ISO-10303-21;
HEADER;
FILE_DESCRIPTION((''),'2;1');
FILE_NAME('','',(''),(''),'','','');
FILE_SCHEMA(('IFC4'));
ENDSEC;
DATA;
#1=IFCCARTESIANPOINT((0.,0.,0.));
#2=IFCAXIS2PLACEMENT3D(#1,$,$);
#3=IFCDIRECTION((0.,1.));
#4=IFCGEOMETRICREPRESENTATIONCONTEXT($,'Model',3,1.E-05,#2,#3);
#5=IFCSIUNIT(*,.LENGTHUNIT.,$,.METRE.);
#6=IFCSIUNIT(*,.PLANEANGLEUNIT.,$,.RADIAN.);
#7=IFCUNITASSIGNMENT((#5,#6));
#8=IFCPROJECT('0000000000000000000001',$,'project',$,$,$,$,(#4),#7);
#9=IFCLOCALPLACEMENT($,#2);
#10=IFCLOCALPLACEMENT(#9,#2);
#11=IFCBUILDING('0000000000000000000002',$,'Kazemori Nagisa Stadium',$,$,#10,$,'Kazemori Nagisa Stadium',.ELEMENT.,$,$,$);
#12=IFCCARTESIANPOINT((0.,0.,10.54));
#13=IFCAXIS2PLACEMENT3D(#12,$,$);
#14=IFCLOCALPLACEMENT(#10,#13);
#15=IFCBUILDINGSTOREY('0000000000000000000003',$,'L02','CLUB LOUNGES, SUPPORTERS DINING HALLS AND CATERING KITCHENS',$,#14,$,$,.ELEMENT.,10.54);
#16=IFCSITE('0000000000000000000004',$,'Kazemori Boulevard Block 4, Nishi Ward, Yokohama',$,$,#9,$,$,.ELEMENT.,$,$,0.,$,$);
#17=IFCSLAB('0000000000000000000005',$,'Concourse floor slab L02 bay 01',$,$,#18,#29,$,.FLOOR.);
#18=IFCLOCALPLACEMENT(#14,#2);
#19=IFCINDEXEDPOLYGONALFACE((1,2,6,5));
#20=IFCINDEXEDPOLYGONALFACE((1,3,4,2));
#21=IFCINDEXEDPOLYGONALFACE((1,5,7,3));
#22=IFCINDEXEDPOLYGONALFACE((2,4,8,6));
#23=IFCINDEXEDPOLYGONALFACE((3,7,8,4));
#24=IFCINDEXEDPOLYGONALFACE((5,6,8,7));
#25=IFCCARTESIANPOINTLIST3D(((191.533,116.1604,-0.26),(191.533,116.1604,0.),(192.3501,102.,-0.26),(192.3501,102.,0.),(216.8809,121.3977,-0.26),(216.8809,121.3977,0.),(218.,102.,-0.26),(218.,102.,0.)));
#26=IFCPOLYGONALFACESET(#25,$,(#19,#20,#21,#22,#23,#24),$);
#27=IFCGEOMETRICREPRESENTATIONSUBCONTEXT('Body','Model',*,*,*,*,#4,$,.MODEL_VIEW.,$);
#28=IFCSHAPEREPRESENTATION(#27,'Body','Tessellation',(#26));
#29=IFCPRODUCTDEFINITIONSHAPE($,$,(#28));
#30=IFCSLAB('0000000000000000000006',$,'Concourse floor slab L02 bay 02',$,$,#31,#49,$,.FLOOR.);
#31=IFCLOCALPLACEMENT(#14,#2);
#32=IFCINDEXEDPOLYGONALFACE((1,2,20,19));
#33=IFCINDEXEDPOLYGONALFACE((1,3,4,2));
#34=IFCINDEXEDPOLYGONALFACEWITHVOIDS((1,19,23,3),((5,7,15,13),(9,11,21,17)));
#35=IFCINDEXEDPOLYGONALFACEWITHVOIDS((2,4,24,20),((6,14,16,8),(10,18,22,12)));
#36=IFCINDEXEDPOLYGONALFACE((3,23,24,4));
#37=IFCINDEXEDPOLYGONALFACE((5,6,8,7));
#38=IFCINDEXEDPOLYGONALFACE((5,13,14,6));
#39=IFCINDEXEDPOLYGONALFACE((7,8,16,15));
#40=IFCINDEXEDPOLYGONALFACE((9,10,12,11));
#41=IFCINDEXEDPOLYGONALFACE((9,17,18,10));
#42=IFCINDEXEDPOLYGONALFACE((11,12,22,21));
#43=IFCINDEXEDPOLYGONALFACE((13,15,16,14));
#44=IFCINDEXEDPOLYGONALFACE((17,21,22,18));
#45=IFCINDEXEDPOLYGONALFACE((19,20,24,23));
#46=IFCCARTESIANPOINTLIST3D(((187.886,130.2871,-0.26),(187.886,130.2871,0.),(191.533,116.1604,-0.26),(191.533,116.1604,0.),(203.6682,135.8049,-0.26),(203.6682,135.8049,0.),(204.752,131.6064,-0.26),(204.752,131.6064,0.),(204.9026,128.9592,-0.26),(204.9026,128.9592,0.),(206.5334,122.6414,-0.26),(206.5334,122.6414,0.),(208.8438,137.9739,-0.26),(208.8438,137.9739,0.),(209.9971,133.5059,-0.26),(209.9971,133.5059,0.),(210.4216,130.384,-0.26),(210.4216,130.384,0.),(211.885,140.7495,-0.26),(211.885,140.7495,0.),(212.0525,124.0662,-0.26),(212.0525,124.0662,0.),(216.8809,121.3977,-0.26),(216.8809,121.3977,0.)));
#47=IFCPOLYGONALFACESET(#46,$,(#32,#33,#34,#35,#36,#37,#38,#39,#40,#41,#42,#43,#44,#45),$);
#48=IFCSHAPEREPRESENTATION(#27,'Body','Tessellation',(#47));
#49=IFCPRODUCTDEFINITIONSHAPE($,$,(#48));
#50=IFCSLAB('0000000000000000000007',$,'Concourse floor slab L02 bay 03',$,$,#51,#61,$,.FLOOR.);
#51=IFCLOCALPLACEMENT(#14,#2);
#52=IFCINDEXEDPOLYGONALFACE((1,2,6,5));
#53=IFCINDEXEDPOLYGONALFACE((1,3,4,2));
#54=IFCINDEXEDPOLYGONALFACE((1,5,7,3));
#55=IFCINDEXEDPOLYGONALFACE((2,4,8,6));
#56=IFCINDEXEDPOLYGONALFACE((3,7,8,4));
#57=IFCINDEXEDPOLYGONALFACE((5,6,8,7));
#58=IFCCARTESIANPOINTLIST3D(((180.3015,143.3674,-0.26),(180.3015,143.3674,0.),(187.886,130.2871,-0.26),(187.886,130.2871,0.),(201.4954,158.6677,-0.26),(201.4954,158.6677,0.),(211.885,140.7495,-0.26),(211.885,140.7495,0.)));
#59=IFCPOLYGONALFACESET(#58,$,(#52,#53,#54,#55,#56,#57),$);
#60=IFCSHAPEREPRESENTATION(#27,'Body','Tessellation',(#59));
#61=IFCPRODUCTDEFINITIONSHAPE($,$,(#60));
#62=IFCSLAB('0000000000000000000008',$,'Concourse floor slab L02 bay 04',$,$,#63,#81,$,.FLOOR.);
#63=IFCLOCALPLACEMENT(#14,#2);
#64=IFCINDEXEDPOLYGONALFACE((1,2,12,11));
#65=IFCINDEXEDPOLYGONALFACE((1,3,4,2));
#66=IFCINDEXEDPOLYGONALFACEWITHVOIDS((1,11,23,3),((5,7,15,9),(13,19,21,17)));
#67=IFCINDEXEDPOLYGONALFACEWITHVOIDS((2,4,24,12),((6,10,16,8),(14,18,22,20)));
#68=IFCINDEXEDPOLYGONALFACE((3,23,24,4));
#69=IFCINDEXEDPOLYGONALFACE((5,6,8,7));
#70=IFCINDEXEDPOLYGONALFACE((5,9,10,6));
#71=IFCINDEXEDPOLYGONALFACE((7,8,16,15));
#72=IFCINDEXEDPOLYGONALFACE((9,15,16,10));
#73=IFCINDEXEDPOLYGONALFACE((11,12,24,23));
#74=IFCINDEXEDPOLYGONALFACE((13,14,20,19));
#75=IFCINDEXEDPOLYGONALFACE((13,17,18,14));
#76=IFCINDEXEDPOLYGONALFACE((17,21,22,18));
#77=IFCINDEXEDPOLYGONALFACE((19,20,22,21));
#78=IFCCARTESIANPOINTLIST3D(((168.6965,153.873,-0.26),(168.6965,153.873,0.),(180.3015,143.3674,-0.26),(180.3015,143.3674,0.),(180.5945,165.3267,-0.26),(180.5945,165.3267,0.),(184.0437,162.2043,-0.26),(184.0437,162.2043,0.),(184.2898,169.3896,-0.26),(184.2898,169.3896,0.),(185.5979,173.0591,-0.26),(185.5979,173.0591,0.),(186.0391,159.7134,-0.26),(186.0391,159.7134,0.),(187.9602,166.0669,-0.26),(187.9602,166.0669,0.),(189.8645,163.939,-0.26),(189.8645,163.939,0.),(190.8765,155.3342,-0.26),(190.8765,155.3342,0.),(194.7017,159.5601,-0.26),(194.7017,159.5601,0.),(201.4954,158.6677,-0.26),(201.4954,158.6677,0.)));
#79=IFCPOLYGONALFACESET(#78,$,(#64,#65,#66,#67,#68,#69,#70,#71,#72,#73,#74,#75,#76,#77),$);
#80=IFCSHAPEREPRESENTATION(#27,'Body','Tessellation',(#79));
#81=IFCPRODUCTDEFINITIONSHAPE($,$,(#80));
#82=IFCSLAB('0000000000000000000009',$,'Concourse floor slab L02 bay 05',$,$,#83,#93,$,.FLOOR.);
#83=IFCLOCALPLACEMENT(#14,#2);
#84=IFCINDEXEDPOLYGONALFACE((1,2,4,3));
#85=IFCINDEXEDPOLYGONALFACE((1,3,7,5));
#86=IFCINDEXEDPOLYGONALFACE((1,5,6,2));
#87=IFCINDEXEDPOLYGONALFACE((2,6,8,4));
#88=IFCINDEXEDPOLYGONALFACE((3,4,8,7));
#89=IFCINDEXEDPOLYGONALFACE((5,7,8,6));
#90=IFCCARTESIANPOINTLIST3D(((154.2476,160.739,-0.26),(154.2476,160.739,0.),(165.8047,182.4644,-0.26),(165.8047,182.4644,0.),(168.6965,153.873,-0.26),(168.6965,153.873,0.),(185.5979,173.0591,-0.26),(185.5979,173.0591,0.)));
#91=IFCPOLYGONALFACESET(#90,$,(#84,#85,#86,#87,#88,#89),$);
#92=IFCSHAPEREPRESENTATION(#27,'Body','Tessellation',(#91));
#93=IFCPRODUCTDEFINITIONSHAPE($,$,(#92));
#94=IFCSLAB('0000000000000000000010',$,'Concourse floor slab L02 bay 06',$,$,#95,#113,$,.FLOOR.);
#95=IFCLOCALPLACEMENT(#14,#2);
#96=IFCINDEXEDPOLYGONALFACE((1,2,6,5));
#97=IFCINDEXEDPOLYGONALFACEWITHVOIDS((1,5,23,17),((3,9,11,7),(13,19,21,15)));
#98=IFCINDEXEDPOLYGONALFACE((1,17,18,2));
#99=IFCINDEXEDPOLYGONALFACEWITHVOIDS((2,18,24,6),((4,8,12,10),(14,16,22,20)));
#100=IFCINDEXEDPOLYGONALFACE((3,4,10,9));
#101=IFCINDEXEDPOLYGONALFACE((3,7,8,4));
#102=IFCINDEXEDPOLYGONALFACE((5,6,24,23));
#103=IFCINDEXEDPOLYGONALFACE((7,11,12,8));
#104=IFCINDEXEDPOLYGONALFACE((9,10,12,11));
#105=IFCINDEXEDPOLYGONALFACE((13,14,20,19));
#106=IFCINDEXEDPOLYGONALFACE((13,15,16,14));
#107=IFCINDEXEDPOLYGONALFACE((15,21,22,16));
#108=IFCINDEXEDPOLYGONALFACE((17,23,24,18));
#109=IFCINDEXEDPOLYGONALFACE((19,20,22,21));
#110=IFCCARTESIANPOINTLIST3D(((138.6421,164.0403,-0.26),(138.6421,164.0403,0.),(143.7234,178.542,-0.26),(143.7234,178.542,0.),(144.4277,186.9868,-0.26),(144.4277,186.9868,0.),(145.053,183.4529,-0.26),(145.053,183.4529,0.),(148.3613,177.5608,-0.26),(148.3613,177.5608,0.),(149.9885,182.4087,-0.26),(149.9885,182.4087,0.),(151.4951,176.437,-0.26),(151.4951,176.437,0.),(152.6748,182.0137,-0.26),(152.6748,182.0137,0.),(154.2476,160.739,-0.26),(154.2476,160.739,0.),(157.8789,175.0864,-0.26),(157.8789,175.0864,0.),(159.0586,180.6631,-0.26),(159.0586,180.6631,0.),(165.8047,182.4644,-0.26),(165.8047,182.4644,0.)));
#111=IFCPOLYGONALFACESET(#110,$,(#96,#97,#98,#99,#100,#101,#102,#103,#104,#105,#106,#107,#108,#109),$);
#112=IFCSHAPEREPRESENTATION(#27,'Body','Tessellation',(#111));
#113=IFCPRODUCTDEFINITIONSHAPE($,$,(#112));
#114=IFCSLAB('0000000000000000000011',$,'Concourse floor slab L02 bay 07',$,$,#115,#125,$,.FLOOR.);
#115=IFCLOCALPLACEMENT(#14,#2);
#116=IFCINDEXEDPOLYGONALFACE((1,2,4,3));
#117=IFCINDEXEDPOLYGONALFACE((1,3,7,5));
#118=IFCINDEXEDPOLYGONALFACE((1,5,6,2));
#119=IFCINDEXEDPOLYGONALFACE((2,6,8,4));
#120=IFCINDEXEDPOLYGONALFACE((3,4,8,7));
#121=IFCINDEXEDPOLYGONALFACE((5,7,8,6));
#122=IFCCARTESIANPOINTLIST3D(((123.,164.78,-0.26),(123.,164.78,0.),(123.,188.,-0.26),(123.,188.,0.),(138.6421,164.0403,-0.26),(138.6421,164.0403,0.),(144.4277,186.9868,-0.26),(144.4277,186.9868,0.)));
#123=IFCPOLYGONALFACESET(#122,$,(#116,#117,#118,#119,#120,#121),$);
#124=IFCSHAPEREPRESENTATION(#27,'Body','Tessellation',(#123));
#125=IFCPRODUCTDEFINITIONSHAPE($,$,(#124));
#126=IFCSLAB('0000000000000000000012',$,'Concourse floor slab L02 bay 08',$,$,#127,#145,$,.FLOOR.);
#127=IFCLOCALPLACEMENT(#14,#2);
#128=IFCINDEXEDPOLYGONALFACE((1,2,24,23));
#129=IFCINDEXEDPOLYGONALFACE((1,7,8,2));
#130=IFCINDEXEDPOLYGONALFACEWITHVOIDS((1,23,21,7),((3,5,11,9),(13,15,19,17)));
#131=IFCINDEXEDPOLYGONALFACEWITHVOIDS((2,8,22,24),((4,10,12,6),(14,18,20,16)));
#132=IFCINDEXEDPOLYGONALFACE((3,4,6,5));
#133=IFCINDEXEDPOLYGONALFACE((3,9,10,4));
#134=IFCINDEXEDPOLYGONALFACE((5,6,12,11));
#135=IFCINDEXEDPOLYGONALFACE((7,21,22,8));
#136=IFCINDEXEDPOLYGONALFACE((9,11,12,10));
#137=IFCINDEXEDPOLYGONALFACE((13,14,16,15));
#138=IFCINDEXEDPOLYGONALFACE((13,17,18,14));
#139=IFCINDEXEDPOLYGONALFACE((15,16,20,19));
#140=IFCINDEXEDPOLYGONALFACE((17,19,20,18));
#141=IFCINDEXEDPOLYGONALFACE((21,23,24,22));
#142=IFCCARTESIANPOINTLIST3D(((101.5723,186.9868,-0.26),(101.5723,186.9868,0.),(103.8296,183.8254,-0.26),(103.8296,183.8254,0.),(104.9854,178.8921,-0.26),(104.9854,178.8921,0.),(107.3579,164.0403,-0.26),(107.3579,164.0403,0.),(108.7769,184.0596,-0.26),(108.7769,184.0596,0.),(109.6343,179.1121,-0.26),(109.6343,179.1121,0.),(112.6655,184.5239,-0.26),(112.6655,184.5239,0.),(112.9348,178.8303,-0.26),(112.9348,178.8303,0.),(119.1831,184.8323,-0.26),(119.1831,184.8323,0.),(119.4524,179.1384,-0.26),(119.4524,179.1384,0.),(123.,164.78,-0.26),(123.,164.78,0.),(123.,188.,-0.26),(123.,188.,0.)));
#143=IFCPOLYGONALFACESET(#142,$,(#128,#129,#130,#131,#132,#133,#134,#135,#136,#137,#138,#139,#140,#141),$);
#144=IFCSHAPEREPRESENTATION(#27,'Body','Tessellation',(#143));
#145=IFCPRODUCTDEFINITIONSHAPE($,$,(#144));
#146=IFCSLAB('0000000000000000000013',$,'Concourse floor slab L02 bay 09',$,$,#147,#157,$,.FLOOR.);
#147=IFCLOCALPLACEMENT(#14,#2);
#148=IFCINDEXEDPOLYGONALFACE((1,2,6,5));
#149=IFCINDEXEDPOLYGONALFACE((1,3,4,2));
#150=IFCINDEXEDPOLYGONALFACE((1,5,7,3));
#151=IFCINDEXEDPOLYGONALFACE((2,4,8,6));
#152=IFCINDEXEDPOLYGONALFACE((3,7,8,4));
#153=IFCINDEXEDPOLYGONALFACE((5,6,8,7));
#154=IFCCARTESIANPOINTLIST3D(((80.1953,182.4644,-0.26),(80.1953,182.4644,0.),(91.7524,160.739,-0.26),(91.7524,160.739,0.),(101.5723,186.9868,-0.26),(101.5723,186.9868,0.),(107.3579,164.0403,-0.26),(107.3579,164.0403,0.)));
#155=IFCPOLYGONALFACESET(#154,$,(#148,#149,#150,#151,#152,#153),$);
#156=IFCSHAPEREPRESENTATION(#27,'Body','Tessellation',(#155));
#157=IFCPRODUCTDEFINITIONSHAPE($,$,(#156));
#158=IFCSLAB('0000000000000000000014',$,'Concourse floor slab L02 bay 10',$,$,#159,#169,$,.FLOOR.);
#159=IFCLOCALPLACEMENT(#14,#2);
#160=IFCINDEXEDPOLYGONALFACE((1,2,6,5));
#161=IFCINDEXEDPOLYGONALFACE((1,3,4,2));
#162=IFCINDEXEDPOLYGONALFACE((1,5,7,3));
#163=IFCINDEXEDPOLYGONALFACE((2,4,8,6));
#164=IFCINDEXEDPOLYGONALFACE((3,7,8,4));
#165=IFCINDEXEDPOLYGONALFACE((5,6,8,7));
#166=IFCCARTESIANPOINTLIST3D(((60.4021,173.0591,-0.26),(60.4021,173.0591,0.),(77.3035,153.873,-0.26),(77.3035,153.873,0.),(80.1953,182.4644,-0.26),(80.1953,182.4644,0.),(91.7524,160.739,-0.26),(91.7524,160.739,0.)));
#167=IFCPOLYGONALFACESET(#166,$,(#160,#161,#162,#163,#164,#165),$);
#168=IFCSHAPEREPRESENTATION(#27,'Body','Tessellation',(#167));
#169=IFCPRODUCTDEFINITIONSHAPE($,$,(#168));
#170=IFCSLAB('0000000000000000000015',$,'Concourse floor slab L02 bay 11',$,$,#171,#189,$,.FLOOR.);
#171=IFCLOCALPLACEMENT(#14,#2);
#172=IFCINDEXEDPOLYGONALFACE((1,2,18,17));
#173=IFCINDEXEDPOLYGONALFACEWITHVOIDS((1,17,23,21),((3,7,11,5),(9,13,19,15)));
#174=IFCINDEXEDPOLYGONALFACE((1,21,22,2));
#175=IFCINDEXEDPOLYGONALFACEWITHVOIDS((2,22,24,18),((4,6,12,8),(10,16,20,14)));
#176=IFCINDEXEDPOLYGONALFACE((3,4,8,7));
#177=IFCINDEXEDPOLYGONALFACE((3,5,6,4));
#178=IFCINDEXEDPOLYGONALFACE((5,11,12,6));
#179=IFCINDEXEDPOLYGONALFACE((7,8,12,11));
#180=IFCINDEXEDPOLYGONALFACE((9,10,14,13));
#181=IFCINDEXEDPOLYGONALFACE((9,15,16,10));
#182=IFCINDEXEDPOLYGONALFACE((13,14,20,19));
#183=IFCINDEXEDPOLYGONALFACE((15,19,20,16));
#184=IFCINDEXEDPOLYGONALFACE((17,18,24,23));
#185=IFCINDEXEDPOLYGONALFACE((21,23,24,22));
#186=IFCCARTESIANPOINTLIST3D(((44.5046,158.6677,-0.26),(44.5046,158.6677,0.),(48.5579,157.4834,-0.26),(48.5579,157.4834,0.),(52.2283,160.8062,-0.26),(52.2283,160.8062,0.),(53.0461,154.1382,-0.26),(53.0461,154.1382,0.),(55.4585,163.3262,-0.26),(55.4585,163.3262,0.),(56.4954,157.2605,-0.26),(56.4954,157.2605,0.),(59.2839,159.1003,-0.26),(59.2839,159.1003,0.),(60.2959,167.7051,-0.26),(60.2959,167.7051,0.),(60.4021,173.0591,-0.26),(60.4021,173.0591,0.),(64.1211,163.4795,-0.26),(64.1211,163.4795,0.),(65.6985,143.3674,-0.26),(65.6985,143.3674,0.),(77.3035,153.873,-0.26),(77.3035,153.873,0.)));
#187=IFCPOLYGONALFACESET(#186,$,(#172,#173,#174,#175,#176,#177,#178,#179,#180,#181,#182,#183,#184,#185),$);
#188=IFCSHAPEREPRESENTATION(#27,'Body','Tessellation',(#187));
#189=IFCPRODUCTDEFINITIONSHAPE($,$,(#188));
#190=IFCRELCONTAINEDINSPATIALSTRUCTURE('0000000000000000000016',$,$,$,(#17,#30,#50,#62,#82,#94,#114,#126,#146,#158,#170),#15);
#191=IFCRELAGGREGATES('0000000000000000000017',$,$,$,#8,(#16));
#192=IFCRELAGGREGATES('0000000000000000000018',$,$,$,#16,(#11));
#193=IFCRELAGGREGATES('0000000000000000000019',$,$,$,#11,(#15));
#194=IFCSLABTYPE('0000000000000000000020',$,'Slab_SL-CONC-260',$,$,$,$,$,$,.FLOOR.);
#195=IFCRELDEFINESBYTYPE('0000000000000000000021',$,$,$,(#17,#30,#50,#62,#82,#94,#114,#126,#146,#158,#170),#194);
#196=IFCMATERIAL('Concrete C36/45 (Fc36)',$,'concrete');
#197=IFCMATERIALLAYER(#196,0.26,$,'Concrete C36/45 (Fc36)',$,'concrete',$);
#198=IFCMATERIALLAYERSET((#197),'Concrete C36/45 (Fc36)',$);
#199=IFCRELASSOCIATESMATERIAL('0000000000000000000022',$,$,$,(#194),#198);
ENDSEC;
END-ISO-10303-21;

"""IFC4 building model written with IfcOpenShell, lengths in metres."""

from ifc_helpers import new_model, si_unit, direction, frame, origin, place, context, subcontext, project, spatial, polyline, outline, extrude, material, layer, layer_set, type_object, element, save


model = new_model("IFC4")

# Units and contexts
model_context = context("Model", 3, precision=1e-05, world=origin(), true_north=direction((0.0, 1.0)))
body_context = subcontext(model_context, "Body", "Model", "MODEL_VIEW")
ifc_project = project(units=[si_unit("LENGTHUNIT", "METRE"), si_unit("PLANEANGLEUNIT", "RADIAN")], contexts=[model_context])

# Site, building, storey
site_placement = place(None, origin())
site = spatial("IfcSite", under=ifc_project, at=site_placement, Name="Kazemori Boulevard Block 4, Nishi Ward, Yokohama", CompositionType="ELEMENT", RefElevation=0.0)
building_placement = place(site_placement, origin())
building = spatial("IfcBuilding", under=site, at=building_placement, Name="Kazemori Nagisa Stadium", LongName="Kazemori Nagisa Stadium", CompositionType="ELEMENT")
storey_placement = place(building_placement, frame((0.0, 0.0, 10.54)))
storey = spatial("IfcBuildingStorey", under=building, at=storey_placement, Name="L02", Description="CLUB LOUNGES, SUPPORTERS DINING HALLS AND CATERING KITCHENS", CompositionType="ELEMENT", Elevation=10.54)

# Slabs
ifc_material = material(Name="Concrete C36/45 (Fc36)", Category="concrete")
ifc_layer = layer(ifc_material, 0.26, Name="Concrete C36/45 (Fc36)", Category="concrete")
ifc_layer_set = layer_set([ifc_layer], Name="Concrete C36/45 (Fc36)")
slab_type = type_object("IfcSlabType", Name="Slab_SL-CONC-260", PredefinedType="FLOOR", material=ifc_layer_set)
slab_1_placement = place(storey_placement, frame((0.0, 0.0, -0.26)))
element("IfcSlab", 1, at=slab_1_placement, inside=storey, type_object=slab_type, Name="Concourse floor slab L02 bay 01", PredefinedType="FLOOR", context=body_context, shape_type="SweptSolid", body=[
    extrude(outline(polyline([(192.3501, 102.0), (191.533, 116.1604), (216.8809, 121.3977), (218.0, 102.0), (192.3501, 102.0)])), origin(), (0.0, 0.0, 1.0), 0.26),
])
slab_2_placement = place(storey_placement, frame((0.0, 0.0, -0.26)))
element("IfcSlab", 2, at=slab_2_placement, inside=storey, type_object=slab_type, Name="Concourse floor slab L02 bay 02", PredefinedType="FLOOR", context=body_context, shape_type="SweptSolid", body=[
    extrude(outline(polyline([(191.533, 116.1604), (187.886, 130.2871), (211.885, 140.7495), (216.8809, 121.3977), (191.533, 116.1604)]), holes=[polyline([(206.5334, 122.6414), (204.9026, 128.9592), (210.4216, 130.384), (212.0525, 124.0662), (206.5334, 122.6414)]), polyline([(204.752, 131.6064), (203.6682, 135.8049), (208.8438, 137.9739), (209.9971, 133.5059), (204.752, 131.6064)])]), origin(), (0.0, 0.0, 1.0), 0.26),
])
slab_3_placement = place(storey_placement, frame((0.0, 0.0, -0.26)))
element("IfcSlab", 3, at=slab_3_placement, inside=storey, type_object=slab_type, Name="Concourse floor slab L02 bay 03", PredefinedType="FLOOR", context=body_context, shape_type="SweptSolid", body=[
    extrude(outline(polyline([(187.886, 130.2871), (180.3015, 143.3674), (201.4954, 158.6677), (211.885, 140.7495), (187.886, 130.2871)])), origin(), (0.0, 0.0, 1.0), 0.26),
])
slab_4_placement = place(storey_placement, frame((0.0, 0.0, -0.26)))
element("IfcSlab", 4, at=slab_4_placement, inside=storey, type_object=slab_type, Name="Concourse floor slab L02 bay 04", PredefinedType="FLOOR", context=body_context, shape_type="SweptSolid", body=[
    extrude(outline(polyline([(180.3015, 143.3674), (168.6965, 153.873), (185.5979, 173.0591), (201.4954, 158.6677), (180.3015, 143.3674)]), holes=[polyline([(190.8765, 155.3342), (186.0391, 159.7134), (189.8645, 163.939), (194.7017, 159.5601), (190.8765, 155.3342)]), polyline([(184.0437, 162.2043), (180.5945, 165.3267), (184.2898, 169.3896), (187.9602, 166.0669), (184.0437, 162.2043)])]), origin(), (0.0, 0.0, 1.0), 0.26),
])
slab_5_placement = place(storey_placement, frame((0.0, 0.0, -0.26)))
element("IfcSlab", 5, at=slab_5_placement, inside=storey, type_object=slab_type, Name="Concourse floor slab L02 bay 05", PredefinedType="FLOOR", context=body_context, shape_type="SweptSolid", body=[
    extrude(outline(polyline([(168.6965, 153.873), (154.2476, 160.739), (165.8047, 182.4644), (185.5979, 173.0591), (168.6965, 153.873)])), origin(), (0.0, 0.0, 1.0), 0.26),
])
slab_6_placement = place(storey_placement, frame((0.0, 0.0, -0.26)))
element("IfcSlab", 6, at=slab_6_placement, inside=storey, type_object=slab_type, Name="Concourse floor slab L02 bay 06", PredefinedType="FLOOR", context=body_context, shape_type="SweptSolid", body=[
    extrude(outline(polyline([(154.2476, 160.739), (138.6421, 164.0403), (144.4277, 186.9868), (165.8047, 182.4644), (154.2476, 160.739)]), holes=[polyline([(157.8789, 175.0864), (151.4951, 176.437), (152.6748, 182.0137), (159.0586, 180.6631), (157.8789, 175.0864)]), polyline([(148.3613, 177.5608), (143.7234, 178.542), (145.053, 183.4529), (149.9885, 182.4087), (148.3613, 177.5608)])]), origin(), (0.0, 0.0, 1.0), 0.26),
])
slab_7_placement = place(storey_placement, frame((0.0, 0.0, -0.26)))
element("IfcSlab", 7, at=slab_7_placement, inside=storey, type_object=slab_type, Name="Concourse floor slab L02 bay 07", PredefinedType="FLOOR", context=body_context, shape_type="SweptSolid", body=[
    extrude(outline(polyline([(138.6421, 164.0403), (123.0, 164.78), (123.0, 188.0), (144.4277, 186.9868), (138.6421, 164.0403)])), origin(), (0.0, 0.0, 1.0), 0.26),
])
slab_8_placement = place(storey_placement, frame((0.0, 0.0, -0.26)))
element("IfcSlab", 8, at=slab_8_placement, inside=storey, type_object=slab_type, Name="Concourse floor slab L02 bay 08", PredefinedType="FLOOR", context=body_context, shape_type="SweptSolid", body=[
    extrude(outline(polyline([(123.0, 164.78), (107.3579, 164.0403), (101.5723, 186.9868), (123.0, 188.0), (123.0, 164.78)]), holes=[polyline([(119.4524, 179.1384), (112.9348, 178.8303), (112.6655, 184.5239), (119.1831, 184.8323), (119.4524, 179.1384)]), polyline([(109.6343, 179.1121), (104.9854, 178.8921), (103.8296, 183.8254), (108.7769, 184.0596), (109.6343, 179.1121)])]), origin(), (0.0, 0.0, 1.0), 0.26),
])
slab_9_placement = place(storey_placement, frame((0.0, 0.0, -0.26)))
element("IfcSlab", 9, at=slab_9_placement, inside=storey, type_object=slab_type, Name="Concourse floor slab L02 bay 09", PredefinedType="FLOOR", context=body_context, shape_type="SweptSolid", body=[
    extrude(outline(polyline([(107.3579, 164.0403), (91.7524, 160.739), (80.1953, 182.4644), (101.5723, 186.9868), (107.3579, 164.0403)])), origin(), (0.0, 0.0, 1.0), 0.26),
])
slab_10_placement = place(storey_placement, frame((0.0, 0.0, -0.26)))
element("IfcSlab", 10, at=slab_10_placement, inside=storey, type_object=slab_type, Name="Concourse floor slab L02 bay 10", PredefinedType="FLOOR", context=body_context, shape_type="SweptSolid", body=[
    extrude(outline(polyline([(91.7524, 160.739), (77.3035, 153.873), (60.4021, 173.0591), (80.1953, 182.4644), (91.7524, 160.739)])), origin(), (0.0, 0.0, 1.0), 0.26),
])
slab_11_placement = place(storey_placement, frame((0.0, 0.0, -0.26)))
element("IfcSlab", 11, at=slab_11_placement, inside=storey, type_object=slab_type, Name="Concourse floor slab L02 bay 11", PredefinedType="FLOOR", context=body_context, shape_type="SweptSolid", body=[
    extrude(outline(polyline([(77.3035, 153.873), (65.6985, 143.3674), (44.5046, 158.6677), (60.4021, 173.0591), (77.3035, 153.873)]), holes=[polyline([(64.1211, 163.4795), (59.2839, 159.1003), (55.4585, 163.3262), (60.2959, 167.7051), (64.1211, 163.4795)]), polyline([(56.4954, 157.2605), (53.0461, 154.1382), (48.5579, 157.4834), (52.2283, 160.8062), (56.4954, 157.2605)])]), origin(), (0.0, 0.0, 1.0), 0.26),
])

save(model, "model.ifc")
